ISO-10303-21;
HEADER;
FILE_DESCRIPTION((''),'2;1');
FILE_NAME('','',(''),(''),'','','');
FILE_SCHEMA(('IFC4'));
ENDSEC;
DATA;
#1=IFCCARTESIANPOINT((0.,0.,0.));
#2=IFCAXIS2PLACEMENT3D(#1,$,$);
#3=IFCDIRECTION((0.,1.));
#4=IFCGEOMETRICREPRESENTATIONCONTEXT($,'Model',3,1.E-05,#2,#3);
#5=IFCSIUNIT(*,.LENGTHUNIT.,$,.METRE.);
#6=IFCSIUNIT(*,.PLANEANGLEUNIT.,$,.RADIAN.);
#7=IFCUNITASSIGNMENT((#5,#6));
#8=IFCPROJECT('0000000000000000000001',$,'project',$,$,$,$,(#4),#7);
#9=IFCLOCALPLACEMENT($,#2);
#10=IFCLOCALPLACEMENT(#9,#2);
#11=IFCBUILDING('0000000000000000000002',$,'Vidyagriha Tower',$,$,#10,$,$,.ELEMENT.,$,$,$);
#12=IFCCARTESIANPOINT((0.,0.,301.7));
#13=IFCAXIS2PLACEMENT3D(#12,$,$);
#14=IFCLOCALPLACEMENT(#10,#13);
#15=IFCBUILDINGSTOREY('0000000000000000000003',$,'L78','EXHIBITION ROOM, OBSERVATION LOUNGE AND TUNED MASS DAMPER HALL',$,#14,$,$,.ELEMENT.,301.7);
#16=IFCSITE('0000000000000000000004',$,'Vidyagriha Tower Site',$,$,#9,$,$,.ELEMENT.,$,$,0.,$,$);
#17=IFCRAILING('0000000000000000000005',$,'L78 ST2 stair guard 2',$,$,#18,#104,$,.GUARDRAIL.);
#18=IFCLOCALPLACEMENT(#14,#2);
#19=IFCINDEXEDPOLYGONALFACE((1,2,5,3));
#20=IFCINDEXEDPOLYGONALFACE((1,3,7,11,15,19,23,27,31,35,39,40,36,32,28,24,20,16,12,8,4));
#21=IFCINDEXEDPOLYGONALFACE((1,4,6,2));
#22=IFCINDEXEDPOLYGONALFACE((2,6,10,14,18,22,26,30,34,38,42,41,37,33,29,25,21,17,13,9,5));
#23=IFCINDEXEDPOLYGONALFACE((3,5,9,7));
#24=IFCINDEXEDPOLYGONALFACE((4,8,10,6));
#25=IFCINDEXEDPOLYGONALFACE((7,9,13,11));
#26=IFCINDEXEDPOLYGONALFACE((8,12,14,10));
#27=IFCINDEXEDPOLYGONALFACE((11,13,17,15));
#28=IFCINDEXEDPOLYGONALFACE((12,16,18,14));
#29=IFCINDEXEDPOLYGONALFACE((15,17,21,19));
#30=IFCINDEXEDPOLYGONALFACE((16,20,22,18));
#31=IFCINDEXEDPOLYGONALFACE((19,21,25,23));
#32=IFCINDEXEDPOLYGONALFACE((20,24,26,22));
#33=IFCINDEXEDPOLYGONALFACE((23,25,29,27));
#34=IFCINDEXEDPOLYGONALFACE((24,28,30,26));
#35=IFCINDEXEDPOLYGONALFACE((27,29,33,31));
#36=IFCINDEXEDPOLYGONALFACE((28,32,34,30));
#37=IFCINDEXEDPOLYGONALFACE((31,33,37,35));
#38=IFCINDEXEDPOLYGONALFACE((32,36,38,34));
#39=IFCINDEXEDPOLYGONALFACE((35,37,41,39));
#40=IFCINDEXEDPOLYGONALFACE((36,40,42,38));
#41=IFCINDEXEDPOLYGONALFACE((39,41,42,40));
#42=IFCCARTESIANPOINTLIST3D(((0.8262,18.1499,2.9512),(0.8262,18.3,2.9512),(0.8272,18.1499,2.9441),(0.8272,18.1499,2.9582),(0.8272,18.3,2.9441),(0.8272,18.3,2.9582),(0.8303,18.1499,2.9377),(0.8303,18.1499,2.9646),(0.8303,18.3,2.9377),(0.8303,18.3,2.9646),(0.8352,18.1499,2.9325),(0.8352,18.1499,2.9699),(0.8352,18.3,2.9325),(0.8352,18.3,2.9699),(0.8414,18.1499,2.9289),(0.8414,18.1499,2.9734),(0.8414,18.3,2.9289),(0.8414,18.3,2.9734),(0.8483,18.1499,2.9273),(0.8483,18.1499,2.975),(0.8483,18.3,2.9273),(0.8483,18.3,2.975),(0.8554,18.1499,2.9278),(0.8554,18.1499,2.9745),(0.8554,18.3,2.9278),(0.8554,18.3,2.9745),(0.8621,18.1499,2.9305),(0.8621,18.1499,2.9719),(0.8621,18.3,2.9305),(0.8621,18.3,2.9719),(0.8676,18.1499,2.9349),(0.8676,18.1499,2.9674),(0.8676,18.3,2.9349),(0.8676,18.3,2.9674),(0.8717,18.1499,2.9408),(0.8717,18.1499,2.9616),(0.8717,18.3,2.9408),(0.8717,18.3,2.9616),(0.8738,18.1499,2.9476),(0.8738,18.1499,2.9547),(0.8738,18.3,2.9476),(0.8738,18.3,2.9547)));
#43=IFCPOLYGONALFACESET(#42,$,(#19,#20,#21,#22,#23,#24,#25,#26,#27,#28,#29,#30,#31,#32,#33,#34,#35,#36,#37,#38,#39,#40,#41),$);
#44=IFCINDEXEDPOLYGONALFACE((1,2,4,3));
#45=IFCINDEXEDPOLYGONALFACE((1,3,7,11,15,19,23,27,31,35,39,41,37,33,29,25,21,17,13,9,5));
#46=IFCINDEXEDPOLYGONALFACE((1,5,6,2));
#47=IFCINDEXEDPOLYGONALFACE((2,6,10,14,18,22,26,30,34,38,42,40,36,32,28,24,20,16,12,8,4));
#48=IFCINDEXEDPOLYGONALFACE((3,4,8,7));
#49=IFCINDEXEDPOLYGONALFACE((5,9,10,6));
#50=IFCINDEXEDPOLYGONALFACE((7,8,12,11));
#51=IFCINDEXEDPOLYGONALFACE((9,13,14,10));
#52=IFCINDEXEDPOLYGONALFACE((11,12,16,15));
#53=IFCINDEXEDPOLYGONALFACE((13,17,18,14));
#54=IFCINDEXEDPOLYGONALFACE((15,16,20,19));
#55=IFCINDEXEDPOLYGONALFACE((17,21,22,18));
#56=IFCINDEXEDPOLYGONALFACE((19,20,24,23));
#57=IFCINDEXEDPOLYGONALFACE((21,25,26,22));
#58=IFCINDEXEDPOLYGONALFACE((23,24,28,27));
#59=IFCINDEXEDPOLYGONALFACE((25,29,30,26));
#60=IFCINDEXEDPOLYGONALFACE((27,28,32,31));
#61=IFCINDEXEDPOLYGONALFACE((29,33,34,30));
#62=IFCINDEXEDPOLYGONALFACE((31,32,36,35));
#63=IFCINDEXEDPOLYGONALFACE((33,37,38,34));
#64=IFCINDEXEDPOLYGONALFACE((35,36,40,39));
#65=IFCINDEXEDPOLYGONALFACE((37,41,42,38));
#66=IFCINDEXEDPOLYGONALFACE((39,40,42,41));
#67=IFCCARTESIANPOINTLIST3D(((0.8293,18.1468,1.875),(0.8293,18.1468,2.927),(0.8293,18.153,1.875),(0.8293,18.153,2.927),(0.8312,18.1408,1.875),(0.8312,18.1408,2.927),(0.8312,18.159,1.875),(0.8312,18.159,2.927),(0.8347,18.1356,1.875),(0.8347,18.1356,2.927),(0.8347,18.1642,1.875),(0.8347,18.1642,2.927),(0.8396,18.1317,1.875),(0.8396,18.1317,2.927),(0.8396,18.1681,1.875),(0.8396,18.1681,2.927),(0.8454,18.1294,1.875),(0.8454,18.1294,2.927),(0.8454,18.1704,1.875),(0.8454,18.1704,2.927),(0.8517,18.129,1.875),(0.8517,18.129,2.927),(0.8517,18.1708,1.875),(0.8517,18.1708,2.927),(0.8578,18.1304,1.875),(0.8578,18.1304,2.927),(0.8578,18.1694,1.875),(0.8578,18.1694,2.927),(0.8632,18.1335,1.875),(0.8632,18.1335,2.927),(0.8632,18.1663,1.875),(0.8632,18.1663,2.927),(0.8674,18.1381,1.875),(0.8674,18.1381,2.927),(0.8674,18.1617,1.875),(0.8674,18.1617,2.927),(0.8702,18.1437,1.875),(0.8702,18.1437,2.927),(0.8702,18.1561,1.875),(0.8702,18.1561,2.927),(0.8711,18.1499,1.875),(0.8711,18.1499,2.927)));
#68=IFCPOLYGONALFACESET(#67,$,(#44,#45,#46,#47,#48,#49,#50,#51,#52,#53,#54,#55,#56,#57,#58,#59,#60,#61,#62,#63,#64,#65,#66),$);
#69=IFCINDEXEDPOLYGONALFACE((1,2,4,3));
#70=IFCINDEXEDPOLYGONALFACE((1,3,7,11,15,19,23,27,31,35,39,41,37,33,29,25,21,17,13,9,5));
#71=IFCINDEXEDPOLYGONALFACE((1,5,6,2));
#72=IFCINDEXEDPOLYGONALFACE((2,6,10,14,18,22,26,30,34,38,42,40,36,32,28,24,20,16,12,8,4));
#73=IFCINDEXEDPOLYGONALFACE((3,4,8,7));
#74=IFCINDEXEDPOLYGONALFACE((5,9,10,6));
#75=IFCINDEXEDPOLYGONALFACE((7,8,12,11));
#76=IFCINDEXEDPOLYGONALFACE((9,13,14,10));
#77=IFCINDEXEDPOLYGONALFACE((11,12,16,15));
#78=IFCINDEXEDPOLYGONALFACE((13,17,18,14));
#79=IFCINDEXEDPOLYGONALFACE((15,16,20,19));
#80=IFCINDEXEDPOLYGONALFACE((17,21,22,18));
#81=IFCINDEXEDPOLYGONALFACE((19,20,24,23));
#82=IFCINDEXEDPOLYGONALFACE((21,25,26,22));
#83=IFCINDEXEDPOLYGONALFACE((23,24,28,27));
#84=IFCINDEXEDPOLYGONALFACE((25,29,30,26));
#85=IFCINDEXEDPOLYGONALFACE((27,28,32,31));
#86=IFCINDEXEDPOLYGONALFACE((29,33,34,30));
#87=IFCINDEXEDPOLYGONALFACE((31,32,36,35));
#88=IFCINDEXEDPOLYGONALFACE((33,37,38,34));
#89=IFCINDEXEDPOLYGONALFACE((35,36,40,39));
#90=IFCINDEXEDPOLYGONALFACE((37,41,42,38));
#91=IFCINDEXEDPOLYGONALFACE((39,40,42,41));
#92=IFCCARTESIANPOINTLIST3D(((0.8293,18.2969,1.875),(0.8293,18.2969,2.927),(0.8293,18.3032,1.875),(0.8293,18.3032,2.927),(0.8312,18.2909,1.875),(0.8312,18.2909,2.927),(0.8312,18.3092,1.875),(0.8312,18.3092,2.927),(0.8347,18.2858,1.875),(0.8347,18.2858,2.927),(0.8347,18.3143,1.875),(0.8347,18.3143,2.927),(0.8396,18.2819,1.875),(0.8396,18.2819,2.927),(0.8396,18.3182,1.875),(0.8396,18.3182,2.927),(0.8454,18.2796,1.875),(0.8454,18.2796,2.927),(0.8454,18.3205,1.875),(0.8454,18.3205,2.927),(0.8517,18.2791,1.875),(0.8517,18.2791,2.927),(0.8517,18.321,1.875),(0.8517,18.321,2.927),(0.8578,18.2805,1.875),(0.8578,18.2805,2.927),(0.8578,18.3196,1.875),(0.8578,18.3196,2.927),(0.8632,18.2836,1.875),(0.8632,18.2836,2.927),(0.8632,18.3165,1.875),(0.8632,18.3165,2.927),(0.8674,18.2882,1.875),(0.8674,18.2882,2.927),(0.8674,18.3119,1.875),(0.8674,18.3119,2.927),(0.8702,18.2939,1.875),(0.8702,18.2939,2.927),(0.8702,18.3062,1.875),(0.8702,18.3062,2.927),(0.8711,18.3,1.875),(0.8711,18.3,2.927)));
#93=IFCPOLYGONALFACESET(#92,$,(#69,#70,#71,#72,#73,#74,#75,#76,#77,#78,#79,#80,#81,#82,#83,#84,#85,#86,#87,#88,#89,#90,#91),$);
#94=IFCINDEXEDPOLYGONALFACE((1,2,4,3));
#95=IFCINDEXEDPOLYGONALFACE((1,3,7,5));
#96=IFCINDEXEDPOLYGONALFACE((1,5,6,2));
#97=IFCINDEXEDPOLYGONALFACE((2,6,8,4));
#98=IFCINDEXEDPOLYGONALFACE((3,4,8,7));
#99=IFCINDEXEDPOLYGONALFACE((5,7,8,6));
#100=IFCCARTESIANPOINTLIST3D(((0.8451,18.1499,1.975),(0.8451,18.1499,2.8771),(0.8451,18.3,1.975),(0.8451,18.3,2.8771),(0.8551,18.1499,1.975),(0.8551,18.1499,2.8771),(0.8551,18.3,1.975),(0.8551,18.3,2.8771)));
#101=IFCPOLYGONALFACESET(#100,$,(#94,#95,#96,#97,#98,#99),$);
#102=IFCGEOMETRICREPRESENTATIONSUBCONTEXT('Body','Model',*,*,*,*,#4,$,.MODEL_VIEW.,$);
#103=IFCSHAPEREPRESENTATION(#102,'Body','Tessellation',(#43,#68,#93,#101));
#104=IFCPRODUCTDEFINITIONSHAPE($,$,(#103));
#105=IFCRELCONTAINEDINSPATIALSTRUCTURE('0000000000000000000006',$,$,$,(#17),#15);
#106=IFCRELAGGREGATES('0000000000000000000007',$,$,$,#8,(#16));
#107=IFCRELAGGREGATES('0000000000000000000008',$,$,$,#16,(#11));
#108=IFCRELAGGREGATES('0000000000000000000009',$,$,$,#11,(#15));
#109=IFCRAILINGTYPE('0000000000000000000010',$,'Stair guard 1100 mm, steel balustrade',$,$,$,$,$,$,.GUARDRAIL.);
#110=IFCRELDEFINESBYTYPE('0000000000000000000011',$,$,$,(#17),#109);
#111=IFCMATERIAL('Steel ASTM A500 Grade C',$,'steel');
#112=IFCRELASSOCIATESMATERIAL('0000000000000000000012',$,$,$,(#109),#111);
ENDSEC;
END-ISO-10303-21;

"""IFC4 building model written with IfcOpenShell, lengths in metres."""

from ifc_helpers import new_model, si_unit, direction, frame, origin, origin_2d, place, context, subcontext, project, spatial, rectangle, circle, extrude, material, type_object, element, save


model = new_model("IFC4")

# Units and contexts
model_context = context("Model", 3, precision=1e-05, world=origin(), true_north=direction((0.0, 1.0)))
body_context = subcontext(model_context, "Body", "Model", "MODEL_VIEW")
ifc_project = project(units=[si_unit("LENGTHUNIT", "METRE"), si_unit("PLANEANGLEUNIT", "RADIAN")], contexts=[model_context])

# Site, building, storey
site_placement = place(None, origin())
site = spatial("IfcSite", under=ifc_project, at=site_placement, Name="Vidyagriha Tower Site", CompositionType="ELEMENT", RefElevation=0.0)
building_placement = place(site_placement, origin())
building = spatial("IfcBuilding", under=site, at=building_placement, Name="Vidyagriha Tower", CompositionType="ELEMENT")
storey_placement = place(building_placement, frame((0.0, 0.0, 301.7)))
storey = spatial("IfcBuildingStorey", under=building, at=storey_placement, Name="L78", Description="EXHIBITION ROOM, OBSERVATION LOUNGE AND TUNED MASS DAMPER HALL", CompositionType="ELEMENT", Elevation=301.7)

# Railing
ifc_material_1 = material(Name="Steel ASTM A500 Grade C", Category="steel")
railing_type_1 = type_object("IfcRailingType", Name="Stair guard 1100 mm, steel balustrade", PredefinedType="GUARDRAIL", material=ifc_material_1)
railing_1_placement = place(storey_placement, frame((0.8501, 18.1499, 1.875)))
element("IfcRailing", 1, at=railing_1_placement, inside=storey, type_object=railing_type_1, Name="L78 ST2 stair guard 2", PredefinedType="GUARDRAIL", context=body_context, shape_type="SweptSolid", body=[
    extrude(circle(Radius=0.0239, at=origin_2d()), frame((0.0, 0.0, 1.0762), z_axis=(0.0, 1.0, 0.0), x_axis=(-1.0, 0.0, 0.0)), (0.0, 0.0, 1.0), 0.1501),
    extrude(circle(Radius=0.021, at=origin_2d()), origin(), (0.0, 0.0, 1.0), 1.052),
    extrude(circle(Radius=0.021, at=origin_2d()), frame((0.0, 0.1501, 0.0)), (0.0, 0.0, 1.0), 1.052),
    extrude(rectangle(XDim=0.01, YDim=0.9021, at=origin_2d()), frame((0.0, 0.0, 0.551), z_axis=(0.0, 1.0, 0.0), x_axis=(-1.0, 0.0, 0.0)), (0.0, 0.0, 1.0), 0.1501),
])

save(model, "model.ifc")
